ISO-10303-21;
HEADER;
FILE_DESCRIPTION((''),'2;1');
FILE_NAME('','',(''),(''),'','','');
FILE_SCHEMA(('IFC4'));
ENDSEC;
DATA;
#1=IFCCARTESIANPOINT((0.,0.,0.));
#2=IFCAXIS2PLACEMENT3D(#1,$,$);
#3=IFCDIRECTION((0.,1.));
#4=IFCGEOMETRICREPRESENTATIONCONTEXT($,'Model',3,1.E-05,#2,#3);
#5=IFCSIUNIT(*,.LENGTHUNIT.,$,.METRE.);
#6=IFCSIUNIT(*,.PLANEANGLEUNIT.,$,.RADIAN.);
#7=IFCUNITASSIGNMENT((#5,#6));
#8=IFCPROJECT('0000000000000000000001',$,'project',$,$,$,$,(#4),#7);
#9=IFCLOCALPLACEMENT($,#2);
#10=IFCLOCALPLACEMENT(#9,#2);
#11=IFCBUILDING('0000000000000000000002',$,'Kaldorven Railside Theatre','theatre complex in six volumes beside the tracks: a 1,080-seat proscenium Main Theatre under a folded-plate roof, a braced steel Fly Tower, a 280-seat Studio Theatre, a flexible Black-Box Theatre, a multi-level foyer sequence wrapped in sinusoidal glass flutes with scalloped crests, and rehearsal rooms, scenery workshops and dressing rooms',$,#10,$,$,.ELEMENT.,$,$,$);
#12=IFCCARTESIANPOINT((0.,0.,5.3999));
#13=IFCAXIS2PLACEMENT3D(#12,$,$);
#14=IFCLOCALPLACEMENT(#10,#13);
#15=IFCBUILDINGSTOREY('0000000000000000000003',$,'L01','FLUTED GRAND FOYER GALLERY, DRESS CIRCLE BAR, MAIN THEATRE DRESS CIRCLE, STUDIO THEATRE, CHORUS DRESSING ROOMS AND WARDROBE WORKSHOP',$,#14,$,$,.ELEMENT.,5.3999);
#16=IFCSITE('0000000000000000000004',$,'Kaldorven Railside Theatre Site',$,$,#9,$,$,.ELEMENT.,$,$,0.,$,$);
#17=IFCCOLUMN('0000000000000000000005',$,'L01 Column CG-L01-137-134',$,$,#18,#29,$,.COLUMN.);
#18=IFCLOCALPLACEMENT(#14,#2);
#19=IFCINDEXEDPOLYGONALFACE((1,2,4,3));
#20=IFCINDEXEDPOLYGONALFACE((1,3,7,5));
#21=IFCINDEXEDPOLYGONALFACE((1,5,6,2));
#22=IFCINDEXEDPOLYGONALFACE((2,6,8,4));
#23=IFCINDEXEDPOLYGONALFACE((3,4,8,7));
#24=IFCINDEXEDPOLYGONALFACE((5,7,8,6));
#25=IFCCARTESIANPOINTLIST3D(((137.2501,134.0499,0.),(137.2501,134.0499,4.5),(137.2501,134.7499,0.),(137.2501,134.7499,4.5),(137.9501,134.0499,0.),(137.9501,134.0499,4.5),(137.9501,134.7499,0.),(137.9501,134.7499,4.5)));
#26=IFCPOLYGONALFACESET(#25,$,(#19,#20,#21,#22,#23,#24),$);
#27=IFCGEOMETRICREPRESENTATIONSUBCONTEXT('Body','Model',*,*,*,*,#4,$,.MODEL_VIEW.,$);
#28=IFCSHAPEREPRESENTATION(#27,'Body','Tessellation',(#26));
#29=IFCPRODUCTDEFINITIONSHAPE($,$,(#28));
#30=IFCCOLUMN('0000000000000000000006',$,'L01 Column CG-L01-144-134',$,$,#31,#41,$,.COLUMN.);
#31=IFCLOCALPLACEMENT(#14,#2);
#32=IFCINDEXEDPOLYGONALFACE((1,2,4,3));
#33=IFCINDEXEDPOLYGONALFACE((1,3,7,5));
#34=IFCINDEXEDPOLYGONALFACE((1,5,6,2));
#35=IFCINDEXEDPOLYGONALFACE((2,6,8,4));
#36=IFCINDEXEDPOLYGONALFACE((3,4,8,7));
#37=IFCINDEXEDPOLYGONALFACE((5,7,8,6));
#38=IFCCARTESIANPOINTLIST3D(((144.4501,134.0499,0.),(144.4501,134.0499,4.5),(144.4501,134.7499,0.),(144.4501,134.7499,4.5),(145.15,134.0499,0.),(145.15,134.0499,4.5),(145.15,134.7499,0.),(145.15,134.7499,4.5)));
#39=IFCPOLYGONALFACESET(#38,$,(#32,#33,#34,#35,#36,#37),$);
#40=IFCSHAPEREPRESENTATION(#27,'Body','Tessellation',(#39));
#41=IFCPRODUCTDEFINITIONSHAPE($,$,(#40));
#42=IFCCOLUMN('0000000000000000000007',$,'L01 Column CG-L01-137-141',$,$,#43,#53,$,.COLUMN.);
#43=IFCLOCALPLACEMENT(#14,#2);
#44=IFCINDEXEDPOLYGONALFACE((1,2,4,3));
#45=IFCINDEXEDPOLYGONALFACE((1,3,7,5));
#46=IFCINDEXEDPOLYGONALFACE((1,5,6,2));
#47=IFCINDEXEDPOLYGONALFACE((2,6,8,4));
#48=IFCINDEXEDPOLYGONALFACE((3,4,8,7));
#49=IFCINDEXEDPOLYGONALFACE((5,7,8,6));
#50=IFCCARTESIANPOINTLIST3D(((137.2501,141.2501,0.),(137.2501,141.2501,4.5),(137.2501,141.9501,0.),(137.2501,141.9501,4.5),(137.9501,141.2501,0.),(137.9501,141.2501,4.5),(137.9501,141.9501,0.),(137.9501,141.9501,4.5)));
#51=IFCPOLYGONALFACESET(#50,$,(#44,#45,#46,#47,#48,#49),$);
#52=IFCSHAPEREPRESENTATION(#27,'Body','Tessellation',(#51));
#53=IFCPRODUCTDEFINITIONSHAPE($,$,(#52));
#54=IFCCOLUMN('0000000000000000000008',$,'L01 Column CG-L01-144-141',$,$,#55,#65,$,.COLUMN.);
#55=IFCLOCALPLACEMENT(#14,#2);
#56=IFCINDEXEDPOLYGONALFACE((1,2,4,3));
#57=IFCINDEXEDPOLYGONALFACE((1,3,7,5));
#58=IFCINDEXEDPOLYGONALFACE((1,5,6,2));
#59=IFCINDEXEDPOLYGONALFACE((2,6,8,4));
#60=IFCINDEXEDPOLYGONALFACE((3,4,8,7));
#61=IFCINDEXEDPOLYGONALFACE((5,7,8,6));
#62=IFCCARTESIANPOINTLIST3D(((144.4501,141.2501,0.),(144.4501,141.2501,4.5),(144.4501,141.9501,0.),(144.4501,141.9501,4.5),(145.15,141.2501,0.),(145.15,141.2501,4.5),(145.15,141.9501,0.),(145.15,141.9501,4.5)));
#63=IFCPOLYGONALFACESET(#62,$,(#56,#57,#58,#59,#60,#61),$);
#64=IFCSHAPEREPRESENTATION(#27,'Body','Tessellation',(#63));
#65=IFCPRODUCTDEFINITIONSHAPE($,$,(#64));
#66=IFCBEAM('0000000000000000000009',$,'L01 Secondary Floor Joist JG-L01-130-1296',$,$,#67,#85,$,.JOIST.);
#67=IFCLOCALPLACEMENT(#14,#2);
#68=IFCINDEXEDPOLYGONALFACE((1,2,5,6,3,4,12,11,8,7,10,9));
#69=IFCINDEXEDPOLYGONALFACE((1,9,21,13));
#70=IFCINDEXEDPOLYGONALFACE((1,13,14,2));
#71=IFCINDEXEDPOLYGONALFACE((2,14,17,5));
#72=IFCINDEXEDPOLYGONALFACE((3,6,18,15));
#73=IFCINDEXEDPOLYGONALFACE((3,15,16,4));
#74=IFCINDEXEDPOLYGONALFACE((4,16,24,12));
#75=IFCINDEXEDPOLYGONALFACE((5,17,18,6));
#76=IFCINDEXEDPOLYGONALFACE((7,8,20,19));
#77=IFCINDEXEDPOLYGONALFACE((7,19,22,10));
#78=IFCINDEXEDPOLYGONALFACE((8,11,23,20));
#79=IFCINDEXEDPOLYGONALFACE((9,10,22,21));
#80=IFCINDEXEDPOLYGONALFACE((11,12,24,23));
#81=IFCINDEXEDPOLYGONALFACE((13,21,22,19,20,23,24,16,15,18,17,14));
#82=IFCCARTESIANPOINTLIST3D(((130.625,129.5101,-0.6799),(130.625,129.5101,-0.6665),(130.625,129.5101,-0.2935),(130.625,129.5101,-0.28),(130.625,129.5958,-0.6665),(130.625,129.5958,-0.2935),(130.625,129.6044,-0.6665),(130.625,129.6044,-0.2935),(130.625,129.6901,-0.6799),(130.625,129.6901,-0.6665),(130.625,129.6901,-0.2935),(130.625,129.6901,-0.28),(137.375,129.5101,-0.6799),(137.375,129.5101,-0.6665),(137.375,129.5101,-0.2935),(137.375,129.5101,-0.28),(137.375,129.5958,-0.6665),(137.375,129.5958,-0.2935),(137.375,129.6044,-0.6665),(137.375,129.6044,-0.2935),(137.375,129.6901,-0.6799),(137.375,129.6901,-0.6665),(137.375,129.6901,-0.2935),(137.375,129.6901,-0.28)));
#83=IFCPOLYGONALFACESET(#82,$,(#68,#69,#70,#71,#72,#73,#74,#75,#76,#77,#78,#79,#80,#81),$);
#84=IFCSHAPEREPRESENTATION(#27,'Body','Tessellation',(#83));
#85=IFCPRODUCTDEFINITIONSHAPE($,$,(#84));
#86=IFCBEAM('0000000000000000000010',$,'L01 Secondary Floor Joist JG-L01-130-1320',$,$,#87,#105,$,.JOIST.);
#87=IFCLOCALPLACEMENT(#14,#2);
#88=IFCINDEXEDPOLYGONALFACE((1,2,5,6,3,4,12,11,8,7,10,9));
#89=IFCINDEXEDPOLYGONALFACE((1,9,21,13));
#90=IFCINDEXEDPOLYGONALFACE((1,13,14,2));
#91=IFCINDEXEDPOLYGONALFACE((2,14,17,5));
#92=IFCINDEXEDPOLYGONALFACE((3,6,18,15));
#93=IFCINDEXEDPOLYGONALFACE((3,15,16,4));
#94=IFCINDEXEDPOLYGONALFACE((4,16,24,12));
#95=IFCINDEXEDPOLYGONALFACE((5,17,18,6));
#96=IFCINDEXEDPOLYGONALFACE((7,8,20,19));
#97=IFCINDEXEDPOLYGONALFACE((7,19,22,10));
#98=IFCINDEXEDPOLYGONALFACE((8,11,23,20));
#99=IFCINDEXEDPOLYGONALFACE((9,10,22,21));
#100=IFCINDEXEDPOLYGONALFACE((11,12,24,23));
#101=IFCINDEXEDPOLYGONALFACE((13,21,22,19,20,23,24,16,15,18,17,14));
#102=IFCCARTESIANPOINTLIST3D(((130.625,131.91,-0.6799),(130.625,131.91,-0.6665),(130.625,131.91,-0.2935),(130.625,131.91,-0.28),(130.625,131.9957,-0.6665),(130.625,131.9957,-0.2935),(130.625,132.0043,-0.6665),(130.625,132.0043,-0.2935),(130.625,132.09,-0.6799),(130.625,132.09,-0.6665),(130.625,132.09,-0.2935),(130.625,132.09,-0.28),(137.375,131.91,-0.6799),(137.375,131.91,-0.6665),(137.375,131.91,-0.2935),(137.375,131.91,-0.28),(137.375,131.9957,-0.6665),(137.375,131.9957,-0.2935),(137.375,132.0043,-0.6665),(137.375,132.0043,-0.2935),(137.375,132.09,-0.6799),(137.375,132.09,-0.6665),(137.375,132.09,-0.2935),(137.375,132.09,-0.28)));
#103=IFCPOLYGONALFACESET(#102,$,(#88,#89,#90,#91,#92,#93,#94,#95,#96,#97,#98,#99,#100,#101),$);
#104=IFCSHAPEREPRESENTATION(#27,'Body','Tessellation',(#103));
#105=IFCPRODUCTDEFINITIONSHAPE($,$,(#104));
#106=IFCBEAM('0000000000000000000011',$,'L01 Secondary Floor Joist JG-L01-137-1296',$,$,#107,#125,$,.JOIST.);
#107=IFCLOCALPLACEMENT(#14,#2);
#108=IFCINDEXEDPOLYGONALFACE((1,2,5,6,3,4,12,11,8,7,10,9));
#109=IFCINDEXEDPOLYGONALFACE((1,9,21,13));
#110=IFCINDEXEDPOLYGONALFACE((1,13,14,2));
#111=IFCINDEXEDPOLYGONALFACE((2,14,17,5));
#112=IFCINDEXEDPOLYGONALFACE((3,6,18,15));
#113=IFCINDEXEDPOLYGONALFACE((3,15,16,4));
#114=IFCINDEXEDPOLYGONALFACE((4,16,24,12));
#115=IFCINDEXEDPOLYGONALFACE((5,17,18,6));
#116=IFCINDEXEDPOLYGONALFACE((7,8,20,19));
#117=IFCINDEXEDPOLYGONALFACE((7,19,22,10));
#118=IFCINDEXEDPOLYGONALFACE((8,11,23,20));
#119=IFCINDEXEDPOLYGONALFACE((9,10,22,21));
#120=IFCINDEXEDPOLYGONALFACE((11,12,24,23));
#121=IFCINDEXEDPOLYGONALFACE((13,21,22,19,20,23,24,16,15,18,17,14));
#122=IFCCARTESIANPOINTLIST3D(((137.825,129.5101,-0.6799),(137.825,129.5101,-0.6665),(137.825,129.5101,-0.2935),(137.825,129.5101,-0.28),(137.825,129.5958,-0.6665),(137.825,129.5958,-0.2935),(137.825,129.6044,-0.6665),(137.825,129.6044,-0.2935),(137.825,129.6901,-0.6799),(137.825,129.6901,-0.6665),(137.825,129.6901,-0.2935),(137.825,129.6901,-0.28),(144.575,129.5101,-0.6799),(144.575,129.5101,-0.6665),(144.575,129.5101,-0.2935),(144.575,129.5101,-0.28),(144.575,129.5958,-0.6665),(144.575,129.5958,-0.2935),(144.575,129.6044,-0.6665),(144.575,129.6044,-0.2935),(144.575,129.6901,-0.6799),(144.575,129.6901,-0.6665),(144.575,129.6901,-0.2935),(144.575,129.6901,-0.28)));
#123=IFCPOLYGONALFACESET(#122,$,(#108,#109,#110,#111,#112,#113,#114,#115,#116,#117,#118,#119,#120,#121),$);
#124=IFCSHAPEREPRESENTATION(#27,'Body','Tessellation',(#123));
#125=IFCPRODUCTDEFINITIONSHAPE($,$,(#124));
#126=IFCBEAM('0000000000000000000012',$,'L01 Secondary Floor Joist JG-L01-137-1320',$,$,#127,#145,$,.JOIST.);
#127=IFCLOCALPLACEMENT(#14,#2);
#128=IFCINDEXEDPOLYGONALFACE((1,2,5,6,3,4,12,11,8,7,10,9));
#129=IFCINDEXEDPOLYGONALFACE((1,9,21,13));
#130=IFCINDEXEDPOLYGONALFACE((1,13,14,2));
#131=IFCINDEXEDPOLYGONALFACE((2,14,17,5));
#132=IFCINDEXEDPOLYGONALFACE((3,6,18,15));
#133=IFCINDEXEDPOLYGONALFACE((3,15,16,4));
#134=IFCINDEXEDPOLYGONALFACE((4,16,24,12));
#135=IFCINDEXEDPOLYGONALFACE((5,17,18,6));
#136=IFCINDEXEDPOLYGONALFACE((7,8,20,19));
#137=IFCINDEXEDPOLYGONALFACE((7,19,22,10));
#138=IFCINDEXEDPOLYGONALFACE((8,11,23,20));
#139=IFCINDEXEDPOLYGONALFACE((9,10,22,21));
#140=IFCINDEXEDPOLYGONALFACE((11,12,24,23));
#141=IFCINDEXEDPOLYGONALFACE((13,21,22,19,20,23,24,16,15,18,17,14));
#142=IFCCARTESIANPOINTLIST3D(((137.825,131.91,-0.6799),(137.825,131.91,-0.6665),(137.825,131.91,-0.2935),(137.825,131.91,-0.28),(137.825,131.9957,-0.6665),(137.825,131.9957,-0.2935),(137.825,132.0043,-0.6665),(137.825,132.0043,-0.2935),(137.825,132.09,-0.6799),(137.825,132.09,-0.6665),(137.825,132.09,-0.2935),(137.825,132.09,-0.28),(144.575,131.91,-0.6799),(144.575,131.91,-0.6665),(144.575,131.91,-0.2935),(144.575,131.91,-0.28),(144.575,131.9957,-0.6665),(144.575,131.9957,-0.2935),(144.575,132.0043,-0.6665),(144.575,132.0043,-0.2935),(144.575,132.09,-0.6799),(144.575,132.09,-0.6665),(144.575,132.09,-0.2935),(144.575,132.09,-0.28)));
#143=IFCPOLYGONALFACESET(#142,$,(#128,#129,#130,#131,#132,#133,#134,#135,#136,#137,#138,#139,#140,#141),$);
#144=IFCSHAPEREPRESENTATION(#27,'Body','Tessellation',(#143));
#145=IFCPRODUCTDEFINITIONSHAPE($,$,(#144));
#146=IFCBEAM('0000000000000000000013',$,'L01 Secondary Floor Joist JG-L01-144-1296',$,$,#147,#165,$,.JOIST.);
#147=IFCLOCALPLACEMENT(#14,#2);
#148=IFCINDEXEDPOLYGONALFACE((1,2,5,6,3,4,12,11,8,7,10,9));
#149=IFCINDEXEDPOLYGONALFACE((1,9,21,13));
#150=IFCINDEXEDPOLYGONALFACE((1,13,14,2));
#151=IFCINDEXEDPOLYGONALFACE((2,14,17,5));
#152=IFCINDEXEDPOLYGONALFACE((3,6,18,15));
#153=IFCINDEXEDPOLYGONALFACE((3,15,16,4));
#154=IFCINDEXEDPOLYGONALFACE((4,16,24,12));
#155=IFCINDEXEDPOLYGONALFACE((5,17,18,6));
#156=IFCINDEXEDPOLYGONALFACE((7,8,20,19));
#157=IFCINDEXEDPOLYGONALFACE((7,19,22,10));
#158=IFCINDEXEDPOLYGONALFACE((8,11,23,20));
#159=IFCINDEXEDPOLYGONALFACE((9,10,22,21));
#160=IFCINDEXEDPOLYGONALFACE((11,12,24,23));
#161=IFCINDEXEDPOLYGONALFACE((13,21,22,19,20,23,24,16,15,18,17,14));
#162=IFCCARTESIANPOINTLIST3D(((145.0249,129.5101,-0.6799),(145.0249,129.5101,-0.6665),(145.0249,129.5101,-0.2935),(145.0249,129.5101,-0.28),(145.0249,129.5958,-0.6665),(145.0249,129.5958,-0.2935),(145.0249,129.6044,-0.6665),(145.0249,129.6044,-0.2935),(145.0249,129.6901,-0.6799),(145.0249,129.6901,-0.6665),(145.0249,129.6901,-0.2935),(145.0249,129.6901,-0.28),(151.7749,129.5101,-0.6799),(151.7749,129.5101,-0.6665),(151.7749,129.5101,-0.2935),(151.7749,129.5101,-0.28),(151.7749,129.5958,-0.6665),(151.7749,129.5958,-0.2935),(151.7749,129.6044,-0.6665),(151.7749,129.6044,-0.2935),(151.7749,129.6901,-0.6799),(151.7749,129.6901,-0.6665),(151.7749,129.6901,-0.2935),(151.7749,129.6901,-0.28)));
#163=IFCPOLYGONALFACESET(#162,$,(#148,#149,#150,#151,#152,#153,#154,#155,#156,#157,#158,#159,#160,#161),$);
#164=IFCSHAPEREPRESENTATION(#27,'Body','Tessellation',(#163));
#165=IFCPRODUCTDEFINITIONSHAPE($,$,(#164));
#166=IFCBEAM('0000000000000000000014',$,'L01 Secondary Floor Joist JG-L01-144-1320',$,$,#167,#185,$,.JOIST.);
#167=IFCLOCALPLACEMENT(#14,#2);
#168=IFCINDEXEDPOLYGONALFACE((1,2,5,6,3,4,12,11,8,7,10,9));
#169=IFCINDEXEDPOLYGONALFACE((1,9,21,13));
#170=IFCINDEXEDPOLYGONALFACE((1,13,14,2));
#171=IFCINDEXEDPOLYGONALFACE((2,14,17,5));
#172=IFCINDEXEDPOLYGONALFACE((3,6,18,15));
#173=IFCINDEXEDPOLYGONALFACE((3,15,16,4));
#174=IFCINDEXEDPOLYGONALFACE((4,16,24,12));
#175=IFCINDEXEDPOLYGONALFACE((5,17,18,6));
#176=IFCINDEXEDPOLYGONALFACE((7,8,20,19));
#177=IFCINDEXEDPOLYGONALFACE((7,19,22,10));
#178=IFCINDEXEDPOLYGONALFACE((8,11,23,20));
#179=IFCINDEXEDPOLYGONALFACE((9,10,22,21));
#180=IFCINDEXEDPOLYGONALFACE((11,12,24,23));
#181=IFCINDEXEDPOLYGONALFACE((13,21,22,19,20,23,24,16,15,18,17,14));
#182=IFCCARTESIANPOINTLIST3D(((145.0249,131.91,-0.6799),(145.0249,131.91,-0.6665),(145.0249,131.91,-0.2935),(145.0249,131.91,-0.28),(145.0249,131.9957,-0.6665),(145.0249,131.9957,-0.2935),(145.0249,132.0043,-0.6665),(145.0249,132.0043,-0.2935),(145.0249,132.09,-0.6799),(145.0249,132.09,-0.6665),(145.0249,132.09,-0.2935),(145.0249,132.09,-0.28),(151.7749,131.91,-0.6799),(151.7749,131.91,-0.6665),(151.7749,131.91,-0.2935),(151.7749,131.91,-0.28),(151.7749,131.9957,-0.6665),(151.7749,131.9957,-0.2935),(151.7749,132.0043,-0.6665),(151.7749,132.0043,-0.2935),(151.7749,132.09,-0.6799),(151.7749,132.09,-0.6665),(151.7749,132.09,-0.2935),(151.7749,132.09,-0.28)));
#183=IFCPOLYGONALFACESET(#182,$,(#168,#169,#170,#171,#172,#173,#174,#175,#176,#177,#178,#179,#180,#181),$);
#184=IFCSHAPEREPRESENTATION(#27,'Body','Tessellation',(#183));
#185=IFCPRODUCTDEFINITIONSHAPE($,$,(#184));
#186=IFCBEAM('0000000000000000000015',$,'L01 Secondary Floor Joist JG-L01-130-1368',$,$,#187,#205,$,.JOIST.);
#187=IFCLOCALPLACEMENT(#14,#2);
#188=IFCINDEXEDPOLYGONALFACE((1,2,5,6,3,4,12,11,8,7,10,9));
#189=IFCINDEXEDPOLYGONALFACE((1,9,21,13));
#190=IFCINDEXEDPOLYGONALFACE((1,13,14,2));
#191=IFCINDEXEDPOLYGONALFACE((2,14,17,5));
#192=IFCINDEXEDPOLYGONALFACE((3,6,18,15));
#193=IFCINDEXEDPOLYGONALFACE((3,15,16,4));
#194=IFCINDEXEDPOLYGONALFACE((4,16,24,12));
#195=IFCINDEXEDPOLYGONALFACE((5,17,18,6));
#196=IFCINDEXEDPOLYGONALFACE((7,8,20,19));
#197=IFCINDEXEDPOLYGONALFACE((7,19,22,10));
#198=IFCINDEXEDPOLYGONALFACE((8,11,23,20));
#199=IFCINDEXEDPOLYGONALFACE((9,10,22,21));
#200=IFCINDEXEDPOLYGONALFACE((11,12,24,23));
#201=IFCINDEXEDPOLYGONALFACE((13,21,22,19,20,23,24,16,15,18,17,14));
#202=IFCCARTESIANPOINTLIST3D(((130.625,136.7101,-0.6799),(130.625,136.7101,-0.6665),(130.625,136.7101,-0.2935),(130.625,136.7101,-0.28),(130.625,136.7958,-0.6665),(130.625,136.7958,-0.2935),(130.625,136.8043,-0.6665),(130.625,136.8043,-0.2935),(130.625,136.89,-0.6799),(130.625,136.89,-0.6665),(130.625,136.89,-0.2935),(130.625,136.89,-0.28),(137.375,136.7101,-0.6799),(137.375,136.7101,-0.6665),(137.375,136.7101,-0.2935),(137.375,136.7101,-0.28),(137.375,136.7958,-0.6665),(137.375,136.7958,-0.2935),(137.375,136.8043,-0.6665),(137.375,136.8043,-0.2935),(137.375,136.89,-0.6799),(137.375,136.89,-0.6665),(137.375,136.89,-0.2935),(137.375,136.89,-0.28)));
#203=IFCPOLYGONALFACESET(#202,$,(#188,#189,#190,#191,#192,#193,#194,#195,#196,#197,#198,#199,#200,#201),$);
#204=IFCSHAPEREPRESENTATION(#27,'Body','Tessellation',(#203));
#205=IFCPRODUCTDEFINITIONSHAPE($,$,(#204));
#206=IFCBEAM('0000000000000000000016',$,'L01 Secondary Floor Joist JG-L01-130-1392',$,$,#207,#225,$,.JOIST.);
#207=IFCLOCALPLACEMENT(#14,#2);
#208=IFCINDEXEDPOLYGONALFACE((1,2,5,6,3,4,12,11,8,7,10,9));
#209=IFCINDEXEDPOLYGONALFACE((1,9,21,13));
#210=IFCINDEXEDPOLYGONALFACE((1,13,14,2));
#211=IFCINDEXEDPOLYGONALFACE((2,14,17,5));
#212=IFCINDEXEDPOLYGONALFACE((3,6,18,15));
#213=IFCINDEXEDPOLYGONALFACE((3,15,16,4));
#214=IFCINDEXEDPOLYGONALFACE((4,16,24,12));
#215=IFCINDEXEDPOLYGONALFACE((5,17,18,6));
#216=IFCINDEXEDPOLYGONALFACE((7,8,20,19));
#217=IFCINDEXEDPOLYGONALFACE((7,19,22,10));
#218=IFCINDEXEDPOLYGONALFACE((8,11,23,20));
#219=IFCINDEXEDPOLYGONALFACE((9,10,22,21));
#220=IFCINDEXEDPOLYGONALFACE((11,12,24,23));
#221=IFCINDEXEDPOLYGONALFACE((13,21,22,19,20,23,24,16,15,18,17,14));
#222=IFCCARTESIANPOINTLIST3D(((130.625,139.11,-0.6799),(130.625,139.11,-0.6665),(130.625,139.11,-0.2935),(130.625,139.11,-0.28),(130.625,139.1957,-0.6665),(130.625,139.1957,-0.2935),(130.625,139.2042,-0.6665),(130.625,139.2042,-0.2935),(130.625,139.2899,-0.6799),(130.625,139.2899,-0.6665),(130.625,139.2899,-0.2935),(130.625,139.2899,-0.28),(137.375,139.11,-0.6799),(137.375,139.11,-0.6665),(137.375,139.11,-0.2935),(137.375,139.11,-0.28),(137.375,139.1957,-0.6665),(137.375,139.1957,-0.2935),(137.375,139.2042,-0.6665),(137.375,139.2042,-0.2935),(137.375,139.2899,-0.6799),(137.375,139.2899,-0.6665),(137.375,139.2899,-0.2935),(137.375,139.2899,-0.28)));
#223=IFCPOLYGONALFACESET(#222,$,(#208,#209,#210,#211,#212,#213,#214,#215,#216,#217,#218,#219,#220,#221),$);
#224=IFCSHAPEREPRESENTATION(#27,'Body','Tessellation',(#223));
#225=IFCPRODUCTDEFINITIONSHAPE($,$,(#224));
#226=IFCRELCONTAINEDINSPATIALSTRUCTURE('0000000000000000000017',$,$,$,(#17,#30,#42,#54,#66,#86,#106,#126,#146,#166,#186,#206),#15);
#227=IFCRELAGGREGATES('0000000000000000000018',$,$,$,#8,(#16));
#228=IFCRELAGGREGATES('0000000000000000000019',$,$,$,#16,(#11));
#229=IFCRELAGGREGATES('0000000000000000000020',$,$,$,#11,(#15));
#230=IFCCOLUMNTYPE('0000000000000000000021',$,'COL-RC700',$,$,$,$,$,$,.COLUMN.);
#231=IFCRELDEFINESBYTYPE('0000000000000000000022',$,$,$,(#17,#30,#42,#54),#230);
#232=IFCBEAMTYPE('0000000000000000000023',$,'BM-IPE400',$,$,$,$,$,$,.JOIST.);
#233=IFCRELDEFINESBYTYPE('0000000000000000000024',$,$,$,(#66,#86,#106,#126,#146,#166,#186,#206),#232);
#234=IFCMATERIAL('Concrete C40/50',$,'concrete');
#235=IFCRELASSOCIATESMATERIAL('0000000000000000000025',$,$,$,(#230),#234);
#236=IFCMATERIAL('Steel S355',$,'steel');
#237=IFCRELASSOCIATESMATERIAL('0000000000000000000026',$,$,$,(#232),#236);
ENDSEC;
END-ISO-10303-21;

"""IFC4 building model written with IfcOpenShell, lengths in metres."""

from ifc_helpers import new_model, si_unit, direction, frame, origin, origin_2d, place, context, subcontext, project, spatial, rectangle, i_section, extrude, material, material_profile, profile_set, type_object, element, save


model = new_model("IFC4")

# Units and contexts
model_context = context("Model", 3, precision=1e-05, world=origin(), true_north=direction((0.0, 1.0)))
body_context = subcontext(model_context, "Body", "Model", "MODEL_VIEW")
ifc_project = project(units=[si_unit("LENGTHUNIT", "METRE"), si_unit("PLANEANGLEUNIT", "RADIAN")], contexts=[model_context])

# Site, building, storey
site_placement = place(None, origin())
site = spatial("IfcSite", under=ifc_project, at=site_placement, Name="Kaldorven Railside Theatre Site", CompositionType="ELEMENT", RefElevation=0.0)
building_placement = place(site_placement, origin())
building = spatial("IfcBuilding", under=site, at=building_placement, Name="Kaldorven Railside Theatre", Description="theatre complex in six volumes beside the tracks: a 1,080-seat proscenium Main Theatre under a folded-plate roof, a braced steel Fly Tower, a 280-seat Studio Theatre, a flexible Black-Box Theatre, a multi-level foyer sequence wrapped in sinusoidal glass flutes with scalloped crests, and rehearsal rooms, scenery workshops and dressing rooms", CompositionType="ELEMENT")
storey_placement = place(building_placement, frame((0.0, 0.0, 5.3999)))
storey = spatial("IfcBuildingStorey", under=building, at=storey_placement, Name="L01", Description="FLUTED GRAND FOYER GALLERY, DRESS CIRCLE BAR, MAIN THEATRE DRESS CIRCLE, STUDIO THEATRE, CHORUS DRESSING ROOMS AND WARDROBE WORKSHOP", CompositionType="ELEMENT", Elevation=5.3999)

# Columns
ifc_material_1 = material(Name="Concrete C40/50", Category="concrete")
ifc_material_profile_1 = material_profile(ifc_material_1, rectangle(XDim=0.7, YDim=0.7, at=origin_2d()), Name="RC 700x700")
ifc_profile_set_1 = profile_set([ifc_material_profile_1], Name="Concrete C40/50")
column_type = type_object("IfcColumnType", Name="COL-RC700", PredefinedType="COLUMN", material=ifc_profile_set_1)
for number, where, z_axis, x_axis, name in (
    (1, (137.6001, 134.3999, 0.0), (0.0, 0.0, 1.0), (1.0, 0.0, 0.0), "L01 Column CG-L01-137-134"),
    (2, (144.8, 134.3999, 0.0), (0.0, 0.0, 1.0), (0.0, 1.0, 0.0), "L01 Column CG-L01-144-134"),
    (3, (137.6001, 141.6001, 0.0), (0.0, 0.0, 1.0), (0.0, 1.0, 0.0), "L01 Column CG-L01-137-141"),
    (4, (144.8, 141.6001, 0.0), (0.0, 0.0, 1.0), (1.0, 0.0, 0.0), "L01 Column CG-L01-144-141"),
):
    element("IfcColumn", number, at=place(storey_placement, frame(where, z_axis=z_axis, x_axis=x_axis)), inside=storey, type_object=column_type, Name=name, PredefinedType="COLUMN", context=body_context, shape_type="SweptSolid", body=[
        extrude(rectangle(XDim=0.7, YDim=0.7, at=origin_2d()), origin(), (0.0, 0.0, 1.0), 4.5),
    ])

# Beams
ifc_material_2 = material(Name="Steel S355", Category="steel")
ifc_material_profile_2 = material_profile(ifc_material_2, i_section(OverallWidth=0.1799, OverallDepth=0.3999, WebThickness=0.0085, FlangeThickness=0.0134, at=origin_2d()), Name="IPE 400")
ifc_profile_set_2 = profile_set([ifc_material_profile_2], Name="Steel S355")
beam_type_1 = type_object("IfcBeamType", Name="BM-IPE400", PredefinedType="JOIST", material=ifc_profile_set_2)
for number, where, z_axis, x_axis, name in (
    (5, (130.625, 129.6001, -0.48), (1.0, 0.0, 0.0), (0.0, 1.0, 0.0), "L01 Secondary Floor Joist JG-L01-130-1296"),
    (6, (130.625, 132.0, -0.48), (1.0, 0.0, 0.0), (0.0, 1.0, 0.0), "L01 Secondary Floor Joist JG-L01-130-1320"),
    (7, (137.825, 129.6001, -0.48), (1.0, 0.0, 0.0), (0.0, 1.0, 0.0), "L01 Secondary Floor Joist JG-L01-137-1296"),
    (8, (137.825, 132.0, -0.48), (1.0, 0.0, 0.0), (0.0, 1.0, 0.0), "L01 Secondary Floor Joist JG-L01-137-1320"),
    (9, (145.0249, 129.6001, -0.48), (1.0, 0.0, 0.0), (0.0, 1.0, 0.0), "L01 Secondary Floor Joist JG-L01-144-1296"),
    (10, (145.0249, 132.0, -0.48), (1.0, 0.0, 0.0), (0.0, 1.0, 0.0), "L01 Secondary Floor Joist JG-L01-144-1320"),
    (11, (130.625, 136.8, -0.48), (1.0, 0.0, 0.0), (0.0, 1.0, 0.0), "L01 Secondary Floor Joist JG-L01-130-1368"),
    (12, (130.625, 139.2, -0.48), (1.0, 0.0, 0.0), (0.0, 1.0, 0.0), "L01 Secondary Floor Joist JG-L01-130-1392"),
):
    element("IfcBeam", number, at=place(storey_placement, frame(where, z_axis=z_axis, x_axis=x_axis)), inside=storey, type_object=beam_type_1, Name=name, PredefinedType="JOIST", context=body_context, shape_type="SweptSolid", body=[
        extrude(i_section(OverallWidth=0.1799, OverallDepth=0.3999, WebThickness=0.0085, FlangeThickness=0.0134, at=origin_2d()), origin(), (0.0, 0.0, 1.0), 6.75),
    ])

save(model, "model.ifc")
